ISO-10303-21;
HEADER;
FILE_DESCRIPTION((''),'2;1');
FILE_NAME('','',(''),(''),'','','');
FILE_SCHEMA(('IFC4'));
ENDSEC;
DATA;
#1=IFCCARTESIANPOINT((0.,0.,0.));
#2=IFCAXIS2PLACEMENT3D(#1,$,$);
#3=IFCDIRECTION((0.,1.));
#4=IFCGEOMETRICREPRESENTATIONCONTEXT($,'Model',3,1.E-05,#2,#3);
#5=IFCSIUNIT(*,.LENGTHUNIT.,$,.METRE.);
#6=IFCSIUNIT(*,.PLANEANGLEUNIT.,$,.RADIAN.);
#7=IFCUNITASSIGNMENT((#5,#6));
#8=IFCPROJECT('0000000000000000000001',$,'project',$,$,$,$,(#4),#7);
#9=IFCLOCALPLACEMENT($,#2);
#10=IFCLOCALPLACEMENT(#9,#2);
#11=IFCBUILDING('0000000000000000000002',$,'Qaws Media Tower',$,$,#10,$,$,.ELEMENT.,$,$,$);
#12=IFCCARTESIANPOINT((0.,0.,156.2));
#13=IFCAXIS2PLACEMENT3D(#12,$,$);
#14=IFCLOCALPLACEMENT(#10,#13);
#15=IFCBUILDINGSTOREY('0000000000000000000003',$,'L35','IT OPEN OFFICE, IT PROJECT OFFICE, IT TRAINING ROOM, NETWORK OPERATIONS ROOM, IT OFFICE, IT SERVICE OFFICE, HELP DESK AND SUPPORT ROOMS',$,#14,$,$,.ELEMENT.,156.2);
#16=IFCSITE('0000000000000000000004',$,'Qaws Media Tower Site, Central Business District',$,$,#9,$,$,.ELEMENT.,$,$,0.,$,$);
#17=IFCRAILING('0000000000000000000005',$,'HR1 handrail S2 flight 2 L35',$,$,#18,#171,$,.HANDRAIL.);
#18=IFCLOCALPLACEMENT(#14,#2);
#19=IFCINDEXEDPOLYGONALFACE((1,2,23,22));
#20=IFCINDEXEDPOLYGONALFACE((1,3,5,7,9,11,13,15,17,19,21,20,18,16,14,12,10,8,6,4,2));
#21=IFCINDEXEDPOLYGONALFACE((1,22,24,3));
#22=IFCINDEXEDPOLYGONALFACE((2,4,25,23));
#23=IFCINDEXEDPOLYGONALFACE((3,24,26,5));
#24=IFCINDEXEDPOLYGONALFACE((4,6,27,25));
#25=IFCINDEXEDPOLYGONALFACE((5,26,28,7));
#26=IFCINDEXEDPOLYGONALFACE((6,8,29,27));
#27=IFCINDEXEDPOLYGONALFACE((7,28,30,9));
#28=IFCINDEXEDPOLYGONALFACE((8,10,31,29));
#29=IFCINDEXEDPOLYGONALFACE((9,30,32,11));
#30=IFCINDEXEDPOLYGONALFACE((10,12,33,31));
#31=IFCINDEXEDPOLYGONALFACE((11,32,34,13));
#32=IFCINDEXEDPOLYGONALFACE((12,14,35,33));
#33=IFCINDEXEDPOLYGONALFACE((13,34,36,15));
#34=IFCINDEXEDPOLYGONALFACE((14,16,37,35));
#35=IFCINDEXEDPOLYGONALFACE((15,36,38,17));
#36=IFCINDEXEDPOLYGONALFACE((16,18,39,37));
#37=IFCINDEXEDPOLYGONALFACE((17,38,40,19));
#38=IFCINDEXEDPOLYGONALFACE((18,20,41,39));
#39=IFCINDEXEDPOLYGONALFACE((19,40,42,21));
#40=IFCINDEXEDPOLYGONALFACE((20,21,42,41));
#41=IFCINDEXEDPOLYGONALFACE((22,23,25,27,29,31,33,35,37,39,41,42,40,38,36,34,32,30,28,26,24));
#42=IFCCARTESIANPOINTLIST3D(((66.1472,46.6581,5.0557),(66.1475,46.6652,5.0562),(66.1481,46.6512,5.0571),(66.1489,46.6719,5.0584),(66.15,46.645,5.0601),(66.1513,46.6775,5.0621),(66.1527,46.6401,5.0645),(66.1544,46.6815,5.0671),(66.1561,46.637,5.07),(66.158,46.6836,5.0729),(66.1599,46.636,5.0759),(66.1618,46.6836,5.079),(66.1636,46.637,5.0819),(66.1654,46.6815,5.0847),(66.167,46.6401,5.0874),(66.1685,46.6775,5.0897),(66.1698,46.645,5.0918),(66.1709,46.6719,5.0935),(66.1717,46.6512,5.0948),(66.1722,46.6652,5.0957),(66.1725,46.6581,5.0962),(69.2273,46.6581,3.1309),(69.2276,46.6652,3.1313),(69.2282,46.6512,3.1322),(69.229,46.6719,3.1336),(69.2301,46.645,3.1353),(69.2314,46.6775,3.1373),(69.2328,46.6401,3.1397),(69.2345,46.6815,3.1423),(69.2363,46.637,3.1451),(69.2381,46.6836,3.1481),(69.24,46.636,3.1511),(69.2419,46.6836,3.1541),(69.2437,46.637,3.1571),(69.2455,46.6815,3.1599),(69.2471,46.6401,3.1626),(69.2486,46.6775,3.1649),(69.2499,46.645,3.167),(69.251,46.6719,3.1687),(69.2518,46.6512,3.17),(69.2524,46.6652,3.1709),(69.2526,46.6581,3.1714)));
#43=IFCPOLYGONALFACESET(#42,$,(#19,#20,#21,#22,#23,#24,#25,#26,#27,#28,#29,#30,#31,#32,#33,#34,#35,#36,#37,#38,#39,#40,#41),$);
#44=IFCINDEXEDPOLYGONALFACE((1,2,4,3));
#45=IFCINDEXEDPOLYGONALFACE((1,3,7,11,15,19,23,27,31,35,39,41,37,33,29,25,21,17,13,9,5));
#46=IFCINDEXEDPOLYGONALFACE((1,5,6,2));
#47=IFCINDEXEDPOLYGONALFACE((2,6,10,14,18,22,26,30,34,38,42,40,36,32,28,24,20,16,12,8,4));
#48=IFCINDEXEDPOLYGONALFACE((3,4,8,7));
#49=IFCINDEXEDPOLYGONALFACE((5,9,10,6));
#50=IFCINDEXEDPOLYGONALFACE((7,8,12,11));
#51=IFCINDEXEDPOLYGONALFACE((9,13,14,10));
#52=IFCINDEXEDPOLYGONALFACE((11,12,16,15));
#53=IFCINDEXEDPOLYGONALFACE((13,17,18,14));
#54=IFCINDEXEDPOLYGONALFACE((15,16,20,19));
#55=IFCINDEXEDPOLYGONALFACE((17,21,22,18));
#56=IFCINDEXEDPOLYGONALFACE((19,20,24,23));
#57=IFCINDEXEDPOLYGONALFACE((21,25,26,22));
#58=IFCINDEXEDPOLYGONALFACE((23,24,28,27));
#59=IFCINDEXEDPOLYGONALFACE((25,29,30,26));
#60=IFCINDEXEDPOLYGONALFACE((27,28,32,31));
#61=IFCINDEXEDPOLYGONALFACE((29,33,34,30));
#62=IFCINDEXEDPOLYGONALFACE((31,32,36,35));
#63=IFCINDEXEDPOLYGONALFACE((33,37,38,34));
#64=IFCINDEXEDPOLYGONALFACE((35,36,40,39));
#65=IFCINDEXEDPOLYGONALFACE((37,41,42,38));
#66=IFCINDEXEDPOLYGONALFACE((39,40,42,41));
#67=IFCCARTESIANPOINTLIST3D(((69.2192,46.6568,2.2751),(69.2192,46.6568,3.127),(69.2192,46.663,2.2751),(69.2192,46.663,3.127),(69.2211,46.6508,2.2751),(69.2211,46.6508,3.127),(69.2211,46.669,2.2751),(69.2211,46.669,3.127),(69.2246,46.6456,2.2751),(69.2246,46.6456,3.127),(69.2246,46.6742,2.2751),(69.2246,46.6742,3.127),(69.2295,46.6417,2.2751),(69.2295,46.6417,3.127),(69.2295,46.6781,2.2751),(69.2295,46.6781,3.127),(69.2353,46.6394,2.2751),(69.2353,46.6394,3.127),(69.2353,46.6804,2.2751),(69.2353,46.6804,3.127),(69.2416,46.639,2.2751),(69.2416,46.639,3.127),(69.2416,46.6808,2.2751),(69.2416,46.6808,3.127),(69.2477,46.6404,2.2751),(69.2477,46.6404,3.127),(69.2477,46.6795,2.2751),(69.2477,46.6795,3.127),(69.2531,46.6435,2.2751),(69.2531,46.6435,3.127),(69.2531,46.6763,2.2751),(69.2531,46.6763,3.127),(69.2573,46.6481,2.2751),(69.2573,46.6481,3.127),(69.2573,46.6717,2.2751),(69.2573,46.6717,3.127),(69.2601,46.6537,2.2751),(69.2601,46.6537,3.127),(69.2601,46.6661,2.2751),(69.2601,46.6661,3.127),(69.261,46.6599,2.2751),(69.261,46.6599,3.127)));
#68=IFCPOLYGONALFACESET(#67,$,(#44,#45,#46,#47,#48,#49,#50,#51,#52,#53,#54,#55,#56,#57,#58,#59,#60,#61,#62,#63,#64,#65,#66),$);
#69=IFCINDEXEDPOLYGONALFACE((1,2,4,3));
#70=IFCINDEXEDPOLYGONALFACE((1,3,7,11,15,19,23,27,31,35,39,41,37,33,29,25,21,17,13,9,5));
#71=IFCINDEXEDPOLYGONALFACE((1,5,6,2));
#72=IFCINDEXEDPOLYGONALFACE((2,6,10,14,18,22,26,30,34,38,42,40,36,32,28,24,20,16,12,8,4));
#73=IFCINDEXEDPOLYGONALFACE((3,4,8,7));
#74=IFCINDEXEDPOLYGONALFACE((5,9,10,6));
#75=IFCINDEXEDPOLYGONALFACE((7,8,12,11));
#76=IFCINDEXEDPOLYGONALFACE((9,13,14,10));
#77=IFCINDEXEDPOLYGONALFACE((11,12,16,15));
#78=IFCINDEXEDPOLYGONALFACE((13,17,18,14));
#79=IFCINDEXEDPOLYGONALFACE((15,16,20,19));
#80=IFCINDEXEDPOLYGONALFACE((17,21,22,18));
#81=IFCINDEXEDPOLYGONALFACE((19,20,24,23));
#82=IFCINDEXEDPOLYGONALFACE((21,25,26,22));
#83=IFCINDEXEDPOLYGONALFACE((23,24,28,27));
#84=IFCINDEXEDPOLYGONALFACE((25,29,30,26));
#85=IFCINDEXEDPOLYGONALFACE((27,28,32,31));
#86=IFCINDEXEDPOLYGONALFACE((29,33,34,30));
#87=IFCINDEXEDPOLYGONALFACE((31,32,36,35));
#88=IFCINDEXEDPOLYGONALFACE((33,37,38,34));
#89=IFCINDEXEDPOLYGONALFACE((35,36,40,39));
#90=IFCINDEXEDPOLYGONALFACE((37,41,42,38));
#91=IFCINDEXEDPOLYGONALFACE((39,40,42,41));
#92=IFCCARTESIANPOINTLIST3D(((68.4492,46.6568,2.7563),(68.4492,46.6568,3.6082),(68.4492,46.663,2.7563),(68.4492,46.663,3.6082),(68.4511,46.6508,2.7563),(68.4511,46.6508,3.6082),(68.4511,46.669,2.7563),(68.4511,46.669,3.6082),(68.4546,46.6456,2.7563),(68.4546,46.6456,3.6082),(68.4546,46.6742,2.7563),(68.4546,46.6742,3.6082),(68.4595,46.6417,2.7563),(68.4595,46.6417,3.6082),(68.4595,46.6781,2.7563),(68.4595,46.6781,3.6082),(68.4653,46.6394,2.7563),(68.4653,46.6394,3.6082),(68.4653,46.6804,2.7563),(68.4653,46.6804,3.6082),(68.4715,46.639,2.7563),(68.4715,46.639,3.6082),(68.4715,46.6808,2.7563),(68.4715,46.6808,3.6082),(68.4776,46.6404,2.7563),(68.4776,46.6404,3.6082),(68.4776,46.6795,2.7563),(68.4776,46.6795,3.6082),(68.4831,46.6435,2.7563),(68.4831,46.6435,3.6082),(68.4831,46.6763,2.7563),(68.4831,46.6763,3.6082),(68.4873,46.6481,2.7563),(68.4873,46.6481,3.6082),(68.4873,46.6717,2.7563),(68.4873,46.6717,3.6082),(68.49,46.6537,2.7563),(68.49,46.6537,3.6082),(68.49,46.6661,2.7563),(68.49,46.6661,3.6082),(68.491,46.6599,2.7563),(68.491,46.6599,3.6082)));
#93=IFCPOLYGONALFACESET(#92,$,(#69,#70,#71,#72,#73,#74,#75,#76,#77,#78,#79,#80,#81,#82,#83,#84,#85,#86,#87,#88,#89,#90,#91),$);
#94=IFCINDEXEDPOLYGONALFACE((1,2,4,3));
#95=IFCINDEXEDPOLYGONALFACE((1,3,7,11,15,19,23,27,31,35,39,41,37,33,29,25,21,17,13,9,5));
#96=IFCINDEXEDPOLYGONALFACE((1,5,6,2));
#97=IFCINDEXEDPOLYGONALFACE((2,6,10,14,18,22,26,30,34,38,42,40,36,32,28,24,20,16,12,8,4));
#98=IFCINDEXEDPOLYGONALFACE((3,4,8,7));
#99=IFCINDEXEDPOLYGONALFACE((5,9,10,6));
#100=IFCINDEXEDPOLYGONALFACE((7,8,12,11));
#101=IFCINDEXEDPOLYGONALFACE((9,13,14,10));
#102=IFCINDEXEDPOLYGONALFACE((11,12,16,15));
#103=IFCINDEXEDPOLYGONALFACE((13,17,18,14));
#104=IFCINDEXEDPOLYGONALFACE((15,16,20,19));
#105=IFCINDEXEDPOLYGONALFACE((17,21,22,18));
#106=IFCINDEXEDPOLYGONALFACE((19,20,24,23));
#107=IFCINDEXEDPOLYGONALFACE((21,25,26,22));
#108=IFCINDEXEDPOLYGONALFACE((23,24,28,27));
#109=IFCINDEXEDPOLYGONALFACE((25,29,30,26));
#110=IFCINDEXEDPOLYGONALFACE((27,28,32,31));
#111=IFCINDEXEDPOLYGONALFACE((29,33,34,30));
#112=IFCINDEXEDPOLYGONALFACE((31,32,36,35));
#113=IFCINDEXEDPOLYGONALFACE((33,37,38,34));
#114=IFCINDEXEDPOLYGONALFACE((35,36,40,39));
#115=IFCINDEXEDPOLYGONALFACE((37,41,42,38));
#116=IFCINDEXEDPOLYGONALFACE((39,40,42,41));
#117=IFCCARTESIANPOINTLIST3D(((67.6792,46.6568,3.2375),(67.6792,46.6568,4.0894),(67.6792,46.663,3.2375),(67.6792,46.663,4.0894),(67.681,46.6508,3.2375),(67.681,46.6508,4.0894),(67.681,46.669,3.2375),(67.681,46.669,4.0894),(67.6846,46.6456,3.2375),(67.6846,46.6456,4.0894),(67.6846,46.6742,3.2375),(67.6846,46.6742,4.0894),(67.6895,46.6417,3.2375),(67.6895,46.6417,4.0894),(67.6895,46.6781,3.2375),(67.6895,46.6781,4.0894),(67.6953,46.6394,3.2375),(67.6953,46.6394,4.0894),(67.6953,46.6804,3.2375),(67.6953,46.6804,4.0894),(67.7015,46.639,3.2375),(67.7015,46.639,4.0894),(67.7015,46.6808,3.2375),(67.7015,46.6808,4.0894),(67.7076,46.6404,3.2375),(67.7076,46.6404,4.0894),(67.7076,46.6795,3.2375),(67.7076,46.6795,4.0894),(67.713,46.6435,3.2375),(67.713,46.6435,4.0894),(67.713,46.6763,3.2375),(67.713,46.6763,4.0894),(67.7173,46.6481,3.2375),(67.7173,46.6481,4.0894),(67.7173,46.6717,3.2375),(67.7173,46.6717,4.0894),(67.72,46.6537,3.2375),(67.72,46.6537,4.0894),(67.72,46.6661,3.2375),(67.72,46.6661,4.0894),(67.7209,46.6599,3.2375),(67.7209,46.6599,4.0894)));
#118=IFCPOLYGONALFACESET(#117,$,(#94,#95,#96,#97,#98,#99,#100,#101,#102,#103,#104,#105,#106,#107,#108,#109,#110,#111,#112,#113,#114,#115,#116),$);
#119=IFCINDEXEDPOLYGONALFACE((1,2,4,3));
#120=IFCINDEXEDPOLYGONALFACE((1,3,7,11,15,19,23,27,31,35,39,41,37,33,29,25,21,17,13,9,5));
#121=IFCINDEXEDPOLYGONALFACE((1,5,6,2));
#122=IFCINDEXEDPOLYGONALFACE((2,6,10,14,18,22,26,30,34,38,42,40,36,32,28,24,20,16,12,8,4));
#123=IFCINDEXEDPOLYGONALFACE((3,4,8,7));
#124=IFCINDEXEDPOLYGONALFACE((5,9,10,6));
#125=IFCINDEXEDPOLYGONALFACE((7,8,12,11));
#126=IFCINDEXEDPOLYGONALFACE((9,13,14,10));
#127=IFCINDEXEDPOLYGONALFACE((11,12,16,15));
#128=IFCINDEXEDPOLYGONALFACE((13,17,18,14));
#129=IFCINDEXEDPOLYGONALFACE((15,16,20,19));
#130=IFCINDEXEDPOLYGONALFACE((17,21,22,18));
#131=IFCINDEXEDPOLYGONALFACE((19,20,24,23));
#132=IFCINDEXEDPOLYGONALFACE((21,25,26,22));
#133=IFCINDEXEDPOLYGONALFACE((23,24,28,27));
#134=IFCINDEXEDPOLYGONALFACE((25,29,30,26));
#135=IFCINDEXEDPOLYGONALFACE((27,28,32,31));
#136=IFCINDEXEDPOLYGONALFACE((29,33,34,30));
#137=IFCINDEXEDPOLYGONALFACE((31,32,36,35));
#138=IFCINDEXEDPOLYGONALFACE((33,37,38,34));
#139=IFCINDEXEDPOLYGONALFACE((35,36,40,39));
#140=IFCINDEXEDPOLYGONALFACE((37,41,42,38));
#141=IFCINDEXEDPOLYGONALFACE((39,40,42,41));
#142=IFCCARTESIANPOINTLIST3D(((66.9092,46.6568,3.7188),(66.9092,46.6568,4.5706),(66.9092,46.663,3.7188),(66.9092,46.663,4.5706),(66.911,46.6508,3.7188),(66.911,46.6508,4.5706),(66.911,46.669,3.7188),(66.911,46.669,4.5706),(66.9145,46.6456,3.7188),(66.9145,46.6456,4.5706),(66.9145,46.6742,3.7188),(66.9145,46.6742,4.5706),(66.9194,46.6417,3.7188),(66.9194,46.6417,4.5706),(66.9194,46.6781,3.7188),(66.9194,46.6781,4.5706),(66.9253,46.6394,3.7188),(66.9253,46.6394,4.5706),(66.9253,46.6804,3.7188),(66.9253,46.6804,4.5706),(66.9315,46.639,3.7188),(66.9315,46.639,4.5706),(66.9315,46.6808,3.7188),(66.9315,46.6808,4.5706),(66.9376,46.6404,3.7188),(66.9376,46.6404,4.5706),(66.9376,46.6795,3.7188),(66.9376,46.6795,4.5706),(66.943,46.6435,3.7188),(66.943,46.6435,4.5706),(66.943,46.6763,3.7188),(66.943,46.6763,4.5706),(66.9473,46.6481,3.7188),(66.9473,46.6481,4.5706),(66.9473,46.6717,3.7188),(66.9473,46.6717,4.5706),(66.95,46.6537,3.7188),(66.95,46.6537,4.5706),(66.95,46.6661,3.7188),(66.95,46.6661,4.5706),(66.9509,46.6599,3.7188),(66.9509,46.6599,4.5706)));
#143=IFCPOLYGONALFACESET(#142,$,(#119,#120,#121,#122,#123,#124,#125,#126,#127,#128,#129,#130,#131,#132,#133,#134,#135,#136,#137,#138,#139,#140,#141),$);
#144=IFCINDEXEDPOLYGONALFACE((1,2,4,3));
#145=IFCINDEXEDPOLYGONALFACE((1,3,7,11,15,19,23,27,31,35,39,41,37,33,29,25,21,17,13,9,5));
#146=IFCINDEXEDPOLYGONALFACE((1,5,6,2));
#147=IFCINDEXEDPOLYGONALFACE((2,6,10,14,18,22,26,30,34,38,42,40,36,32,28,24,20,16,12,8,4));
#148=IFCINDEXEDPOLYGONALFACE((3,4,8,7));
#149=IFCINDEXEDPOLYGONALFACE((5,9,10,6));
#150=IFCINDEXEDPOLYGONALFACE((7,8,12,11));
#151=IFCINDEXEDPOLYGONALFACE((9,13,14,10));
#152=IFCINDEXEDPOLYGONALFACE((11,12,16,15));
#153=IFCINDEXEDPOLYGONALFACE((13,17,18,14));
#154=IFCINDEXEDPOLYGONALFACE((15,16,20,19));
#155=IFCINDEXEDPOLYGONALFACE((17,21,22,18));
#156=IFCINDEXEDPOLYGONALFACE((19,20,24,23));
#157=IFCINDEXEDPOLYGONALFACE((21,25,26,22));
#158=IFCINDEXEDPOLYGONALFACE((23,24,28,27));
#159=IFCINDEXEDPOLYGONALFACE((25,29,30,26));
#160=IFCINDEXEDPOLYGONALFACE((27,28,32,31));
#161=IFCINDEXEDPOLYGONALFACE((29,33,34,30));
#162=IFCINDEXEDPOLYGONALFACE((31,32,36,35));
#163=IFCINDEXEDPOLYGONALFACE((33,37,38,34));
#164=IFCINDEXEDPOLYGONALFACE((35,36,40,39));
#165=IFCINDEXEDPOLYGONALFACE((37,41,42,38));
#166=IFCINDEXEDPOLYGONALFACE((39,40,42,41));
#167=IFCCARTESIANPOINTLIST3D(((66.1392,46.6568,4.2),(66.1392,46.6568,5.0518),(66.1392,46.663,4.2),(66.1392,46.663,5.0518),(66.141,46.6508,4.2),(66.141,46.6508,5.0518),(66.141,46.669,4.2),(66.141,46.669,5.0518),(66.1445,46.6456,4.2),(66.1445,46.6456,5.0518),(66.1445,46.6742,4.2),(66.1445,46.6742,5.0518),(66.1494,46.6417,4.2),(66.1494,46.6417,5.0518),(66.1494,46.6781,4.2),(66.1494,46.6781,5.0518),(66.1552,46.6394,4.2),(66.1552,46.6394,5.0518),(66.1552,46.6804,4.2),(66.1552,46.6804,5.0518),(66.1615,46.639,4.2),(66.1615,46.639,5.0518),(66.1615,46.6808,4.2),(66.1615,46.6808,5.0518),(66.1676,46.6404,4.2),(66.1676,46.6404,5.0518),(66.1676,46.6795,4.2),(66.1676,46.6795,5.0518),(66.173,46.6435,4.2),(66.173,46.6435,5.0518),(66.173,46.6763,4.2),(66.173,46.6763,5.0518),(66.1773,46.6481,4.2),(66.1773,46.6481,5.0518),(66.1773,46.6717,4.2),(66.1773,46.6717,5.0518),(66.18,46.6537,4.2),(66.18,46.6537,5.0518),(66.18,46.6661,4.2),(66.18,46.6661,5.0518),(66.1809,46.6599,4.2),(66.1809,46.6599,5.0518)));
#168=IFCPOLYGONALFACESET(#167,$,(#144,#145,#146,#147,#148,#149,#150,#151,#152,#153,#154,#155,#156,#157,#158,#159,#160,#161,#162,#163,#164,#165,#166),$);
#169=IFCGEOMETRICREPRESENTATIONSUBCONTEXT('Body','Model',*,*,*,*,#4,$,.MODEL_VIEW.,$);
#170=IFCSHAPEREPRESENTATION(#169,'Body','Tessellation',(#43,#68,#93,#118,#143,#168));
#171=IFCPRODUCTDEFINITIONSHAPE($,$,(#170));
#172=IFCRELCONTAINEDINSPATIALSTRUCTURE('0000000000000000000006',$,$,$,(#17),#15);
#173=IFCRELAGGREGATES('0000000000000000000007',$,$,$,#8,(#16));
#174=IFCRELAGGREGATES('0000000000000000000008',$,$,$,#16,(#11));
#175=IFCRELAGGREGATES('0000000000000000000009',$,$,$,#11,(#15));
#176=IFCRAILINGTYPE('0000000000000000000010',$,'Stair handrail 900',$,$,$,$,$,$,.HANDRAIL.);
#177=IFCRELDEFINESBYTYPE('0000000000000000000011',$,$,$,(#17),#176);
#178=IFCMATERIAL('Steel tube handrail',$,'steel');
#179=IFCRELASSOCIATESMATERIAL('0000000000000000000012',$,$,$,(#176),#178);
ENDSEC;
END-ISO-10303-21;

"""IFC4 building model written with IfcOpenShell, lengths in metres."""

from ifc_helpers import new_model, si_unit, direction, frame, origin, origin_2d, place, context, subcontext, project, spatial, circle, extrude, material, type_object, element, save


model = new_model("IFC4")

# Units and contexts
model_context = context("Model", 3, precision=1e-05, world=origin(), true_north=direction((0.0, 1.0)))
body_context = subcontext(model_context, "Body", "Model", "MODEL_VIEW")
ifc_project = project(units=[si_unit("LENGTHUNIT", "METRE"), si_unit("PLANEANGLEUNIT", "RADIAN")], contexts=[model_context])

# Site, building, storey
site_placement = place(None, origin())
site = spatial("IfcSite", under=ifc_project, at=site_placement, Name="Qaws Media Tower Site, Central Business District", CompositionType="ELEMENT", RefElevation=0.0)
building_placement = place(site_placement, origin())
building = spatial("IfcBuilding", under=site, at=building_placement, Name="Qaws Media Tower", CompositionType="ELEMENT")
storey_placement = place(building_placement, frame((0.0, 0.0, 156.2)))
storey = spatial("IfcBuildingStorey", under=building, at=storey_placement, Name="L35", Description="IT OPEN OFFICE, IT PROJECT OFFICE, IT TRAINING ROOM, NETWORK OPERATIONS ROOM, IT OFFICE, IT SERVICE OFFICE, HELP DESK AND SUPPORT ROOMS", CompositionType="ELEMENT", Elevation=156.2)

# Railing
ifc_material_1 = material(Name="Steel tube handrail", Category="steel")
railing_type = type_object("IfcRailingType", Name="Stair handrail 900", PredefinedType="HANDRAIL", material=ifc_material_1)
for number, where, name in (
    (1, (69.24, 46.6599, 2.2751), "HR1 handrail S2 flight 2 L35"),
):
    element("IfcRailing", number, at=place(storey_placement, frame(where)), inside=storey, type_object=railing_type, Name=name, PredefinedType="HANDRAIL", context=body_context, shape_type="SweptSolid", body=[
        extrude(circle(Radius=0.0239, at=origin_2d()), frame((0.0, 0.0, 0.876), z_axis=(-0.848029, 0.0, 0.529951), x_axis=(0.0, -1.0, 0.0)), (0.0, 0.0, 1.0), 3.6321),
        extrude(circle(Radius=0.021, at=origin_2d()), origin(), (0.0, 0.0, 1.0), 0.8518),
        extrude(circle(Radius=0.021, at=origin_2d()), frame((-0.77, 0.0, 0.4812)), (0.0, 0.0, 1.0), 0.8518),
        extrude(circle(Radius=0.021, at=origin_2d()), frame((-1.54, 0.0, 0.9624)), (0.0, 0.0, 1.0), 0.8518),
        extrude(circle(Radius=0.021, at=origin_2d()), frame((-2.3101, 0.0, 1.4436)), (0.0, 0.0, 1.0), 0.8518),
        extrude(circle(Radius=0.021, at=origin_2d()), frame((-3.0801, 0.0, 1.9248)), (0.0, 0.0, 1.0), 0.8518),
    ])

save(model, "model.ifc")
